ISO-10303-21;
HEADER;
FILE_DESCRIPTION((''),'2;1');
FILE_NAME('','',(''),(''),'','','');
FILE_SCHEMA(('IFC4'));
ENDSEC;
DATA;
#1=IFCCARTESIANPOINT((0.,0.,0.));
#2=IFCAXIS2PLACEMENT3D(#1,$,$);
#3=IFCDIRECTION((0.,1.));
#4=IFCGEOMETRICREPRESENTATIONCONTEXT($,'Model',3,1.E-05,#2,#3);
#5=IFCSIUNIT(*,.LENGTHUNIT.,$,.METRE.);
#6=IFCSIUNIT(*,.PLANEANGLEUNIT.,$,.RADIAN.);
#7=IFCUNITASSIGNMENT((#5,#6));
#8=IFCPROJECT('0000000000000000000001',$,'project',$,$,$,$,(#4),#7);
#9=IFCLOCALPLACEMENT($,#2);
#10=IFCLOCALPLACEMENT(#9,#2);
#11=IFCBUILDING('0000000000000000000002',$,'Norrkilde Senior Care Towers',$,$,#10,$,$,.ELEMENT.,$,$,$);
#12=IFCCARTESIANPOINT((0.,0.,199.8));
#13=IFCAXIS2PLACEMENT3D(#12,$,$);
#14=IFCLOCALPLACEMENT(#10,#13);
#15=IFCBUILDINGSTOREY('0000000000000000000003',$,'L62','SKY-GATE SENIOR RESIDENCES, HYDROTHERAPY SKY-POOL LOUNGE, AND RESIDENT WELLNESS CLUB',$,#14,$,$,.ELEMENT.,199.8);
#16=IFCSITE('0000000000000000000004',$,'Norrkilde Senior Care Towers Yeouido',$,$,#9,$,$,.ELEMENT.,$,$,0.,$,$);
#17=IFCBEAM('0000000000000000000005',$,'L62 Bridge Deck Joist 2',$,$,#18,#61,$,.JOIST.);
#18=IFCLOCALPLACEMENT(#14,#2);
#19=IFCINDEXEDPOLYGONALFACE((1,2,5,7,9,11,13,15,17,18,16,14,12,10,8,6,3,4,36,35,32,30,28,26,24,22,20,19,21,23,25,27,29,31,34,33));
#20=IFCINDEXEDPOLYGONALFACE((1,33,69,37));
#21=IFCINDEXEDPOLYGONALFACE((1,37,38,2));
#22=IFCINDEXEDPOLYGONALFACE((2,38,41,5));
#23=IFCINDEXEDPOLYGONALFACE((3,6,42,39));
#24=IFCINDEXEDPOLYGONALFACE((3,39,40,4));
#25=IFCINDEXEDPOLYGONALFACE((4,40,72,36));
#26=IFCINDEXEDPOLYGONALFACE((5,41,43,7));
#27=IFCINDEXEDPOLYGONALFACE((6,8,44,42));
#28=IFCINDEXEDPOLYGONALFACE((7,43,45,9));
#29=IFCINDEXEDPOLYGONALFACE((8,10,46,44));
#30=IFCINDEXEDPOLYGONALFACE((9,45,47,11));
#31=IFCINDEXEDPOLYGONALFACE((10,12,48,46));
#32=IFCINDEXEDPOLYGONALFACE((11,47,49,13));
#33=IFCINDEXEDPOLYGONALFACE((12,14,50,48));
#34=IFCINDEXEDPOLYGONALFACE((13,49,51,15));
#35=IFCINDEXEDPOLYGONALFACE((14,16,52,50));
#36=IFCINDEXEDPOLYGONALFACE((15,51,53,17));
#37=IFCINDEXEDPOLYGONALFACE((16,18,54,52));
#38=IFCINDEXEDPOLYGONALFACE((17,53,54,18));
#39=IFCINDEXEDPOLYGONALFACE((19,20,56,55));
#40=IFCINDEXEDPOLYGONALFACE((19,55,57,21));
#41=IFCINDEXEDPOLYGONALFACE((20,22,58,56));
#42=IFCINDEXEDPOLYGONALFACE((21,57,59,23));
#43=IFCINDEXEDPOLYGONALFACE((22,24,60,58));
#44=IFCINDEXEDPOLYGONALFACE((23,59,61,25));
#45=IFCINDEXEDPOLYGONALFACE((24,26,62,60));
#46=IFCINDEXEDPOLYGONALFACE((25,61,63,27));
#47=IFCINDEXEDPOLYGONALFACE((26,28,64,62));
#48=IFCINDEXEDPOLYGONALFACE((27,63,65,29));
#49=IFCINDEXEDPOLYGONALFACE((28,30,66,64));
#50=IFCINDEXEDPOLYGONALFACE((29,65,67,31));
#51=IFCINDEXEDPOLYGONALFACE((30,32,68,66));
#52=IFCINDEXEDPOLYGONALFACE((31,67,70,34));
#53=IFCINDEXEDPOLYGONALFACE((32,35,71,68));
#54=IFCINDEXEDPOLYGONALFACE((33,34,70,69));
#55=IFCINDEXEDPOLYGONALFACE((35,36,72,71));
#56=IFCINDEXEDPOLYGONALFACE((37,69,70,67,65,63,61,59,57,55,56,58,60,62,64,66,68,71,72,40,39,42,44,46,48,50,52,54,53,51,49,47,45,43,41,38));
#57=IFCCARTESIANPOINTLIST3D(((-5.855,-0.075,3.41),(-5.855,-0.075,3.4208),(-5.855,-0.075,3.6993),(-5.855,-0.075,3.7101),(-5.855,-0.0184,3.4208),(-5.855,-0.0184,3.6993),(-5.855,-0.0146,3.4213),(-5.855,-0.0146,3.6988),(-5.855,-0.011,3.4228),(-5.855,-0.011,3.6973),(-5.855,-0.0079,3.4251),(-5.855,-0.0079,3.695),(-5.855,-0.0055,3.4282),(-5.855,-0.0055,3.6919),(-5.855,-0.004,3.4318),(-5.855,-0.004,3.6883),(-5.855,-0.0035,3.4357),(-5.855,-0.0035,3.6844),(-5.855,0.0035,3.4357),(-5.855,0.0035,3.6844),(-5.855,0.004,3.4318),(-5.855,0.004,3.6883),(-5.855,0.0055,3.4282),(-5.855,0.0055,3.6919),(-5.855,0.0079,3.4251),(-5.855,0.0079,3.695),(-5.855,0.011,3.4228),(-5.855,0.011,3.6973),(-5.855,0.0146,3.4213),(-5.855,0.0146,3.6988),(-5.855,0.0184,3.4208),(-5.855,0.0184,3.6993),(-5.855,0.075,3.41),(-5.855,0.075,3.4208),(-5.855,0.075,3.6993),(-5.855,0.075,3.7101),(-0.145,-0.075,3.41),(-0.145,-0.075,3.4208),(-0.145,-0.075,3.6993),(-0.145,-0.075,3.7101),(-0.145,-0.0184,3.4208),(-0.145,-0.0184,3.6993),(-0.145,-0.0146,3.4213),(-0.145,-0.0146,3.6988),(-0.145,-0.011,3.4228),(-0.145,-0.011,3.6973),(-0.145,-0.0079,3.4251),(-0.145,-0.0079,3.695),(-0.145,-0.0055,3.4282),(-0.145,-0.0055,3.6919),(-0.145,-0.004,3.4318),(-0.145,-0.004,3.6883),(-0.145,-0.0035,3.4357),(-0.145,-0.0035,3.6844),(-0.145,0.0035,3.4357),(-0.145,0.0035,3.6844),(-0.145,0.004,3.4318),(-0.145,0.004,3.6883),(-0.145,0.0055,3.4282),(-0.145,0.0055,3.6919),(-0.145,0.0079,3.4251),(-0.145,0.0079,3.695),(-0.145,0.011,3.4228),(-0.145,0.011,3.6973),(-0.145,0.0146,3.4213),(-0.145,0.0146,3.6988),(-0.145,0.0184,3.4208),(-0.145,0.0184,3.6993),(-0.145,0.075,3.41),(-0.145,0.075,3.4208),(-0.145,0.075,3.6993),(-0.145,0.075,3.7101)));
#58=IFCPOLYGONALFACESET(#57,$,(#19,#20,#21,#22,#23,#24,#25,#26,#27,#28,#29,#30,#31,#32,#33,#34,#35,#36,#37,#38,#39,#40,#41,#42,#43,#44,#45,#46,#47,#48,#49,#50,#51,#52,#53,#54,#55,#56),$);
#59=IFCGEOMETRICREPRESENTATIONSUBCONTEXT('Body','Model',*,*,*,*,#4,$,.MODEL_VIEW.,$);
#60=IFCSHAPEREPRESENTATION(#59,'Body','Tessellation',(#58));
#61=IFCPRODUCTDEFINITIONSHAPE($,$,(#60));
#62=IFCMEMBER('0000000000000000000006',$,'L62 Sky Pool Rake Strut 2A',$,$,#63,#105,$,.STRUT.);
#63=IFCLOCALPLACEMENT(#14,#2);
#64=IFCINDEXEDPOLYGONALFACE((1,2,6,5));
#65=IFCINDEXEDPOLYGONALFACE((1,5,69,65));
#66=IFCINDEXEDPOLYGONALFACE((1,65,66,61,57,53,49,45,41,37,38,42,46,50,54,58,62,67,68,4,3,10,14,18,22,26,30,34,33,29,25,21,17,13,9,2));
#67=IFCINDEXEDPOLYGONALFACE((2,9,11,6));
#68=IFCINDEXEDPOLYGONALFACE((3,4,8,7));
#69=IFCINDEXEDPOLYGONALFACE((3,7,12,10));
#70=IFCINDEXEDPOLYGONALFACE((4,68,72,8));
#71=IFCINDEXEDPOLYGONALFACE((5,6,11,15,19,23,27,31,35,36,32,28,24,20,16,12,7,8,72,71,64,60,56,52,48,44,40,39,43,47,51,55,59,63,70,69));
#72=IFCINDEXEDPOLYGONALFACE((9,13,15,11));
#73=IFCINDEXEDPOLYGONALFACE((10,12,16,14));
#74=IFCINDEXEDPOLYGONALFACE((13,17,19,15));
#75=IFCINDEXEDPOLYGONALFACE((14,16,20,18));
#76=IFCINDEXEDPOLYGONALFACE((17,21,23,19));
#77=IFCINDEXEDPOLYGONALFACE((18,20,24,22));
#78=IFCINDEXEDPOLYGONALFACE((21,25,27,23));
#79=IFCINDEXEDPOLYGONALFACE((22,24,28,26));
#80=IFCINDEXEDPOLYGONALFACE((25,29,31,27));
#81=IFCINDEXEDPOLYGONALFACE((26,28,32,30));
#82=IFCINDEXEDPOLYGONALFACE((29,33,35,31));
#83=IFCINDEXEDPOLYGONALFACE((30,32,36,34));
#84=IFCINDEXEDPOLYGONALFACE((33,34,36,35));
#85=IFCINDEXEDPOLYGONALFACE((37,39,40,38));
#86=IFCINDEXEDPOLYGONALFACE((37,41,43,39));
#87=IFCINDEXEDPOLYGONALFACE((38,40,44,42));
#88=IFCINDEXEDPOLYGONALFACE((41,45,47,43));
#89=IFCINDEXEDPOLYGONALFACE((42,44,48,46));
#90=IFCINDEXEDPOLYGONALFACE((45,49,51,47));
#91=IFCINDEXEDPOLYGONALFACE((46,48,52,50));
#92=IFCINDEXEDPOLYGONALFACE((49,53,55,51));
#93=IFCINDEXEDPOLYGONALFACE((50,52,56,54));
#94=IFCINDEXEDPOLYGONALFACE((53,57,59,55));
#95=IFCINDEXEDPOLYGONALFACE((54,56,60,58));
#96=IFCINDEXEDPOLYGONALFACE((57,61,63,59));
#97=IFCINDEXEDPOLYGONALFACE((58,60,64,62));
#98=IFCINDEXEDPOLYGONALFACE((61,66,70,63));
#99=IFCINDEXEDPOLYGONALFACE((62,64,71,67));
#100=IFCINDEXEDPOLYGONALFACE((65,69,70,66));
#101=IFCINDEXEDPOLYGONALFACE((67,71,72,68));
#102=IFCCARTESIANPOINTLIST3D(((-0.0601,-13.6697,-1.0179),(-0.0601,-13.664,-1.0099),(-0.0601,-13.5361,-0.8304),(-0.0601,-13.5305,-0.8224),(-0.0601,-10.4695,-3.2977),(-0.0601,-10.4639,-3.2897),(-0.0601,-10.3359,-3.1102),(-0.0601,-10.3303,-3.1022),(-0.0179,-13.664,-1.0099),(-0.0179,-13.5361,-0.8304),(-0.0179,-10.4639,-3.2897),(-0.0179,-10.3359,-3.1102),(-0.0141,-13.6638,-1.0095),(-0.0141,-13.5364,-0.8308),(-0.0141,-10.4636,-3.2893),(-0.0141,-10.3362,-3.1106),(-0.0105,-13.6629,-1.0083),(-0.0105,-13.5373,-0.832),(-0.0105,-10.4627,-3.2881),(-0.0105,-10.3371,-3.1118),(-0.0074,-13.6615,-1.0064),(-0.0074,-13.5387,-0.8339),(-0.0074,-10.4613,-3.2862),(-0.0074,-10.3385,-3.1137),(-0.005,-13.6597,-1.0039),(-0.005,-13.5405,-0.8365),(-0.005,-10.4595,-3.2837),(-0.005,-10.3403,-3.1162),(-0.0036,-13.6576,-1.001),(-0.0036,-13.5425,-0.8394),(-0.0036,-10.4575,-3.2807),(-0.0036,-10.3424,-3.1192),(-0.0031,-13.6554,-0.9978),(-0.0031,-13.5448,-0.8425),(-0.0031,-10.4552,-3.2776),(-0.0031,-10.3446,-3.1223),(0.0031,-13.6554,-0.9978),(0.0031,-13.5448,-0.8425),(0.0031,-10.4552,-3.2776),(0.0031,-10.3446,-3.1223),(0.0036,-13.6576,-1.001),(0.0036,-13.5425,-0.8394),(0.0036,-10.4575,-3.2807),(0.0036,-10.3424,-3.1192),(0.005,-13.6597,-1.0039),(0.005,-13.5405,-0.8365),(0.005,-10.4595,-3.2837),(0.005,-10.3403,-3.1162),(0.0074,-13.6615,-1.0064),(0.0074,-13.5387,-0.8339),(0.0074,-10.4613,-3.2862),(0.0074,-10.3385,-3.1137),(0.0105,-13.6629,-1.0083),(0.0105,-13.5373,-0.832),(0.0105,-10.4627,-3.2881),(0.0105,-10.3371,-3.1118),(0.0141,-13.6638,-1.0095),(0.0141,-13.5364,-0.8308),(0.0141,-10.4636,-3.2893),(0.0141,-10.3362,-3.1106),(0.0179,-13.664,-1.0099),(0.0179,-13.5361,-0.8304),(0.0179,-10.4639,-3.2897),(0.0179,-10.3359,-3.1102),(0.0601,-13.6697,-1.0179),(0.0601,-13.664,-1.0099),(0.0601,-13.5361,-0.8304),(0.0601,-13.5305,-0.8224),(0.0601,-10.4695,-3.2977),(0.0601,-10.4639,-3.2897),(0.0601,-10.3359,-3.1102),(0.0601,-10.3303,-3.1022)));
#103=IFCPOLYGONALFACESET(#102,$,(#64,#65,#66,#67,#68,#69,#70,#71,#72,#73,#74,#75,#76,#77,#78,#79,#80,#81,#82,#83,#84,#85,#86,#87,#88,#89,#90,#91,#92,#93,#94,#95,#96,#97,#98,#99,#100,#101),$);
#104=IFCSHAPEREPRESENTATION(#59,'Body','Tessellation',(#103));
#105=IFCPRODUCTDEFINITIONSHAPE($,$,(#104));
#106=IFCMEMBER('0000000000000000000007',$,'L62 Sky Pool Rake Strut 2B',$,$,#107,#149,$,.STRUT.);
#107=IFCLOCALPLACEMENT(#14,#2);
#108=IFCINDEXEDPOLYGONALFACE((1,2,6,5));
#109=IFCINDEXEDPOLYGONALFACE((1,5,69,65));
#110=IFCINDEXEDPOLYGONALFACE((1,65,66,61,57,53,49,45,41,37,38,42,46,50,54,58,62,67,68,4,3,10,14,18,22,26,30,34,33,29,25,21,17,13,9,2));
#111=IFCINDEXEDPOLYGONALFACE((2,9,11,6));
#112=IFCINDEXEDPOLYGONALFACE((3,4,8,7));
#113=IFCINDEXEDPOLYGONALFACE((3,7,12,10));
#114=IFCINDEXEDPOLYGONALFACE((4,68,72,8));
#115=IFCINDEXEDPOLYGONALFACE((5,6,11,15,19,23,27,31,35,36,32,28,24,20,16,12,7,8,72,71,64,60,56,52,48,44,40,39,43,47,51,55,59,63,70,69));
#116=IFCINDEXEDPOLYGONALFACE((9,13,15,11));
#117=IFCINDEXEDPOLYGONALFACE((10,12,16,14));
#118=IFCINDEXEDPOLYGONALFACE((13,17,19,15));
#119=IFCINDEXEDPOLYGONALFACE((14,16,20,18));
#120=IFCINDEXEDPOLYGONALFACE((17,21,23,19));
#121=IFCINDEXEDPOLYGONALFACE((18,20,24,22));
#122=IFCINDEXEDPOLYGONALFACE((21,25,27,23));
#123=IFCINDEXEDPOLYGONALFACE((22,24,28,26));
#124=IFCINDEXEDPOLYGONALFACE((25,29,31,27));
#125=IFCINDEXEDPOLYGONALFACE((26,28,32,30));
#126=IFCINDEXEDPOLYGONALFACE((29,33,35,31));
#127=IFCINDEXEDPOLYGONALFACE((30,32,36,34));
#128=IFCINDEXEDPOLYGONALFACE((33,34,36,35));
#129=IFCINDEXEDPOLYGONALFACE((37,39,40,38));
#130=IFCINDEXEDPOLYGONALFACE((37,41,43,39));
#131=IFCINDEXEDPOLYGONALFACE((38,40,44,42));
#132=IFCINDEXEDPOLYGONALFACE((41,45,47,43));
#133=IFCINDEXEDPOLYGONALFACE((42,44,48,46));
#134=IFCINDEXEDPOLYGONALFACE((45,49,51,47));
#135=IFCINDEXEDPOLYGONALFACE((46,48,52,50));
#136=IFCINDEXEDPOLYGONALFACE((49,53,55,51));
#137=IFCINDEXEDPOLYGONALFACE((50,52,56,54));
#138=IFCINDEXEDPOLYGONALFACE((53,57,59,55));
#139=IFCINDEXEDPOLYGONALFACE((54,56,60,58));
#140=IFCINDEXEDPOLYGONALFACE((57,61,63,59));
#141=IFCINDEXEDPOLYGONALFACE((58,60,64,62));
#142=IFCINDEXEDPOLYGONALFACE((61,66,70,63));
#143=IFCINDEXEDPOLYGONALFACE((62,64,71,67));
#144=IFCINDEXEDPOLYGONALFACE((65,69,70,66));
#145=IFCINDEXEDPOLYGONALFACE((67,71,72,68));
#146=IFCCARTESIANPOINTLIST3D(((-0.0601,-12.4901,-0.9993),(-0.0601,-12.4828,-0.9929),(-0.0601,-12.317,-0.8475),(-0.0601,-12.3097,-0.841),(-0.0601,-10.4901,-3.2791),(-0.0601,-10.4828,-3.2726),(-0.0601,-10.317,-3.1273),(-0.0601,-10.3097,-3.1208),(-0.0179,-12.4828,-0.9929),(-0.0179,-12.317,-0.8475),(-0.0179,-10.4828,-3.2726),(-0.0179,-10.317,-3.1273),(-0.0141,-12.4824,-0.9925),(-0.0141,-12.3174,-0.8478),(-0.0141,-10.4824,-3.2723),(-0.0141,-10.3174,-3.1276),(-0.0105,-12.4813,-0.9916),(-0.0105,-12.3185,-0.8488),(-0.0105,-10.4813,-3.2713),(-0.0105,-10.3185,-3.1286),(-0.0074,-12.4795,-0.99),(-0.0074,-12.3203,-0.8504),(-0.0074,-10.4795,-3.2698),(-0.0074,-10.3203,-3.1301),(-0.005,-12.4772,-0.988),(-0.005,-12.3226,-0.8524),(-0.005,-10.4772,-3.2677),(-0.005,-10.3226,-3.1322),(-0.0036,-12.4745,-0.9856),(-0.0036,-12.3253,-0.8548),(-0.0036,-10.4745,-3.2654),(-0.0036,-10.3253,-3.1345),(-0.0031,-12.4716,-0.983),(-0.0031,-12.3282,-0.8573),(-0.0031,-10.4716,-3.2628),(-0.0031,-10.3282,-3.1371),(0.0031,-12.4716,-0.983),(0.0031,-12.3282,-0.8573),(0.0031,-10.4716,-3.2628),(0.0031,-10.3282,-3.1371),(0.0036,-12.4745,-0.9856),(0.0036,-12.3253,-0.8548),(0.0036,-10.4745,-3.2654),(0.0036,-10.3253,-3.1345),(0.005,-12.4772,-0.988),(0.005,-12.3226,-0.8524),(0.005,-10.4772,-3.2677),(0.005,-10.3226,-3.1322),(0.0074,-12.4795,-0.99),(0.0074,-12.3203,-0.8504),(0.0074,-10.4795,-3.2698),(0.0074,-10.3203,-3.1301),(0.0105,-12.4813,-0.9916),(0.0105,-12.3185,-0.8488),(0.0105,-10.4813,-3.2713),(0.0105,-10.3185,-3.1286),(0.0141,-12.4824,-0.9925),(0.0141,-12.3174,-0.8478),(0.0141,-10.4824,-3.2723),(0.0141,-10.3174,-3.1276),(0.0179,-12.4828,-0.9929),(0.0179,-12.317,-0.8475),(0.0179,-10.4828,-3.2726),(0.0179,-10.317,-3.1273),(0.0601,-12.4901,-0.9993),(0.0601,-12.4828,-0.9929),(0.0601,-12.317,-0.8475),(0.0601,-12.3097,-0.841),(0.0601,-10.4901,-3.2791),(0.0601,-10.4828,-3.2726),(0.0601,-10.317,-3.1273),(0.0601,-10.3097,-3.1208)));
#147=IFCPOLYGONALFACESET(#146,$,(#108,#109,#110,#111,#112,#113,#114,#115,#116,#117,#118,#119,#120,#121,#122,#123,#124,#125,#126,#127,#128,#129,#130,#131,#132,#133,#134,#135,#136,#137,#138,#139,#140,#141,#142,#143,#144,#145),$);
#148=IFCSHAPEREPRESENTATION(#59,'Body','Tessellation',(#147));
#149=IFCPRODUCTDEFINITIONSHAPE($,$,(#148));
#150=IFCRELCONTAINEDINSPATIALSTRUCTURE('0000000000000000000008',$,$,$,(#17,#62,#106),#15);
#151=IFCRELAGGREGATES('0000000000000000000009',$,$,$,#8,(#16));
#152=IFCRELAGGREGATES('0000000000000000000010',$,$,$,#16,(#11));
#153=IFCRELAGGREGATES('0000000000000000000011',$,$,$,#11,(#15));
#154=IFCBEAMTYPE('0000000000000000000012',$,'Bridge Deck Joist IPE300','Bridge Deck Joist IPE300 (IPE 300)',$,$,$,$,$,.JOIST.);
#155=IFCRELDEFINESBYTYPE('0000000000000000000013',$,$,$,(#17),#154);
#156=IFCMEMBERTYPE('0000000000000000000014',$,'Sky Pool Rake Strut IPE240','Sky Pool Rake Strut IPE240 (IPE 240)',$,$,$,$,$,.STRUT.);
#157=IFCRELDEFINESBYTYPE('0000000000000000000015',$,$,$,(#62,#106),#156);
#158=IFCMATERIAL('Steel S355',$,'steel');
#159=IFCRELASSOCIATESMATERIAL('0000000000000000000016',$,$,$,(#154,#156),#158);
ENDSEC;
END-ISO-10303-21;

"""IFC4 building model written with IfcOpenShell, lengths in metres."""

from ifc_helpers import new_model, si_unit, direction, frame, origin, origin_2d, place, context, subcontext, project, spatial, i_section, extrude, source, transform, mapped, material, material_profile, profile_set, type_object, type_shapes, element, save


model = new_model("IFC4")

# Units and contexts
model_context = context("Model", 3, precision=1e-05, world=origin(), true_north=direction((0.0, 1.0)))
body_context = subcontext(model_context, "Body", "Model", "MODEL_VIEW")
ifc_project = project(units=[si_unit("LENGTHUNIT", "METRE"), si_unit("PLANEANGLEUNIT", "RADIAN")], contexts=[model_context])

# Site, building, storey
site_placement = place(None, origin())
site = spatial("IfcSite", under=ifc_project, at=site_placement, Name="Norrkilde Senior Care Towers Yeouido", CompositionType="ELEMENT", RefElevation=0.0)
building_placement = place(site_placement, origin())
building = spatial("IfcBuilding", under=site, at=building_placement, Name="Norrkilde Senior Care Towers", CompositionType="ELEMENT")
storey_placement = place(building_placement, frame((0.0, 0.0, 199.8)))
storey = spatial("IfcBuildingStorey", under=building, at=storey_placement, Name="L62", Description="SKY-GATE SENIOR RESIDENCES, HYDROTHERAPY SKY-POOL LOUNGE, AND RESIDENT WELLNESS CLUB", CompositionType="ELEMENT", Elevation=199.8)

# Shared definitions
ifc_material_1 = material(Name="Steel S355", Category="steel")

# Beam
ifc_material_profile_1 = material_profile(ifc_material_1, i_section(OverallWidth=0.1499, OverallDepth=0.3, WebThickness=0.0071, FlangeThickness=0.0107, FilletRadius=0.0149, at=origin_2d()), Name="IPE 300")
ifc_profile_set_1 = profile_set([ifc_material_profile_1], Name="Steel S355")
beam_type_1 = type_object("IfcBeamType", Name="Bridge Deck Joist IPE300", Description="Bridge Deck Joist IPE300 (IPE 300)", PredefinedType="JOIST", material=ifc_profile_set_1)
shared_shape_1 = source(origin(), body_context, "Body", "SweptSolid", [
    extrude(i_section(OverallWidth=0.1499, OverallDepth=0.3, WebThickness=0.0071, FlangeThickness=0.0107, FilletRadius=0.0149, at=origin_2d()), origin(), (0.0, 0.0, 1.0), 5.71),
])
type_shapes(beam_type_1, [shared_shape_1])
beam_1_placement = place(storey_placement, frame((-5.855, 0.0, 3.5601), z_axis=(1.0, 0.0, 0.0), x_axis=(0.0, 1.0, 0.0)))
element("IfcBeam", 1, at=beam_1_placement, inside=storey, type_object=beam_type_1, Name="L62 Bridge Deck Joist 2", PredefinedType="JOIST", context=body_context, shape_type="MappedRepresentation", body=[
    mapped(shared_shape_1, transform((0.0, 0.0, 0.0), x_axis=(1.0, 0.0, 0.0), y_axis=(0.0, 1.0, 0.0), z_axis=(0.0, 0.0, 1.0), scale=1.0)),
])

# Members
ifc_material_profile_2 = material_profile(ifc_material_1, i_section(OverallWidth=0.1201, OverallDepth=0.24, WebThickness=0.0061, FlangeThickness=0.0098, FilletRadius=0.0149, at=origin_2d()), Name="IPE 240")
ifc_profile_set_2 = profile_set([ifc_material_profile_2], Name="Steel S355")
member_type_1 = type_object("IfcMemberType", Name="Sky Pool Rake Strut IPE240", Description="Sky Pool Rake Strut IPE240 (IPE 240)", PredefinedType="STRUT", material=ifc_profile_set_2)
shared_shape_2 = source(origin(), body_context, "Body", "SweptSolid", [
    extrude(i_section(OverallWidth=0.1201, OverallDepth=0.24, WebThickness=0.0061, FlangeThickness=0.0098, FilletRadius=0.0149, at=origin_2d()), origin(), (0.0, 0.0, 1.0), 3.9292),
])
member_1_placement = place(storey_placement, frame((0.0, -10.3999, -3.2), z_axis=(0.0, -0.814463, 0.580215), x_axis=(1.0, 0.0, 0.0)))
element("IfcMember", 2, at=member_1_placement, inside=storey, type_object=member_type_1, Name="L62 Sky Pool Rake Strut 2A", PredefinedType="STRUT", context=body_context, shape_type="MappedRepresentation", body=[
    mapped(shared_shape_2, transform((0.0, 0.0, 0.0), x_axis=(1.0, 0.0, 0.0), y_axis=(0.0, 1.0, 0.0), z_axis=(0.0, 0.0, 1.0), scale=1.0)),
])
shared_shape_3 = source(origin(), body_context, "Body", "SweptSolid", [
    extrude(i_section(OverallWidth=0.1201, OverallDepth=0.24, WebThickness=0.0061, FlangeThickness=0.0098, FilletRadius=0.0149, at=origin_2d()), origin(), (0.0, 0.0, 1.0), 3.0327),
])
member_2_placement = place(storey_placement, frame((0.0, -10.3999, -3.2), z_axis=(0.0, -0.659473, 0.751728), x_axis=(1.0, 0.0, 0.0)))
element("IfcMember", 3, at=member_2_placement, inside=storey, type_object=member_type_1, Name="L62 Sky Pool Rake Strut 2B", PredefinedType="STRUT", context=body_context, shape_type="MappedRepresentation", body=[
    mapped(shared_shape_3, transform((0.0, 0.0, 0.0), x_axis=(1.0, 0.0, 0.0), y_axis=(0.0, 1.0, 0.0), z_axis=(0.0, 0.0, 1.0), scale=1.0)),
])

save(model, "model.ifc")
